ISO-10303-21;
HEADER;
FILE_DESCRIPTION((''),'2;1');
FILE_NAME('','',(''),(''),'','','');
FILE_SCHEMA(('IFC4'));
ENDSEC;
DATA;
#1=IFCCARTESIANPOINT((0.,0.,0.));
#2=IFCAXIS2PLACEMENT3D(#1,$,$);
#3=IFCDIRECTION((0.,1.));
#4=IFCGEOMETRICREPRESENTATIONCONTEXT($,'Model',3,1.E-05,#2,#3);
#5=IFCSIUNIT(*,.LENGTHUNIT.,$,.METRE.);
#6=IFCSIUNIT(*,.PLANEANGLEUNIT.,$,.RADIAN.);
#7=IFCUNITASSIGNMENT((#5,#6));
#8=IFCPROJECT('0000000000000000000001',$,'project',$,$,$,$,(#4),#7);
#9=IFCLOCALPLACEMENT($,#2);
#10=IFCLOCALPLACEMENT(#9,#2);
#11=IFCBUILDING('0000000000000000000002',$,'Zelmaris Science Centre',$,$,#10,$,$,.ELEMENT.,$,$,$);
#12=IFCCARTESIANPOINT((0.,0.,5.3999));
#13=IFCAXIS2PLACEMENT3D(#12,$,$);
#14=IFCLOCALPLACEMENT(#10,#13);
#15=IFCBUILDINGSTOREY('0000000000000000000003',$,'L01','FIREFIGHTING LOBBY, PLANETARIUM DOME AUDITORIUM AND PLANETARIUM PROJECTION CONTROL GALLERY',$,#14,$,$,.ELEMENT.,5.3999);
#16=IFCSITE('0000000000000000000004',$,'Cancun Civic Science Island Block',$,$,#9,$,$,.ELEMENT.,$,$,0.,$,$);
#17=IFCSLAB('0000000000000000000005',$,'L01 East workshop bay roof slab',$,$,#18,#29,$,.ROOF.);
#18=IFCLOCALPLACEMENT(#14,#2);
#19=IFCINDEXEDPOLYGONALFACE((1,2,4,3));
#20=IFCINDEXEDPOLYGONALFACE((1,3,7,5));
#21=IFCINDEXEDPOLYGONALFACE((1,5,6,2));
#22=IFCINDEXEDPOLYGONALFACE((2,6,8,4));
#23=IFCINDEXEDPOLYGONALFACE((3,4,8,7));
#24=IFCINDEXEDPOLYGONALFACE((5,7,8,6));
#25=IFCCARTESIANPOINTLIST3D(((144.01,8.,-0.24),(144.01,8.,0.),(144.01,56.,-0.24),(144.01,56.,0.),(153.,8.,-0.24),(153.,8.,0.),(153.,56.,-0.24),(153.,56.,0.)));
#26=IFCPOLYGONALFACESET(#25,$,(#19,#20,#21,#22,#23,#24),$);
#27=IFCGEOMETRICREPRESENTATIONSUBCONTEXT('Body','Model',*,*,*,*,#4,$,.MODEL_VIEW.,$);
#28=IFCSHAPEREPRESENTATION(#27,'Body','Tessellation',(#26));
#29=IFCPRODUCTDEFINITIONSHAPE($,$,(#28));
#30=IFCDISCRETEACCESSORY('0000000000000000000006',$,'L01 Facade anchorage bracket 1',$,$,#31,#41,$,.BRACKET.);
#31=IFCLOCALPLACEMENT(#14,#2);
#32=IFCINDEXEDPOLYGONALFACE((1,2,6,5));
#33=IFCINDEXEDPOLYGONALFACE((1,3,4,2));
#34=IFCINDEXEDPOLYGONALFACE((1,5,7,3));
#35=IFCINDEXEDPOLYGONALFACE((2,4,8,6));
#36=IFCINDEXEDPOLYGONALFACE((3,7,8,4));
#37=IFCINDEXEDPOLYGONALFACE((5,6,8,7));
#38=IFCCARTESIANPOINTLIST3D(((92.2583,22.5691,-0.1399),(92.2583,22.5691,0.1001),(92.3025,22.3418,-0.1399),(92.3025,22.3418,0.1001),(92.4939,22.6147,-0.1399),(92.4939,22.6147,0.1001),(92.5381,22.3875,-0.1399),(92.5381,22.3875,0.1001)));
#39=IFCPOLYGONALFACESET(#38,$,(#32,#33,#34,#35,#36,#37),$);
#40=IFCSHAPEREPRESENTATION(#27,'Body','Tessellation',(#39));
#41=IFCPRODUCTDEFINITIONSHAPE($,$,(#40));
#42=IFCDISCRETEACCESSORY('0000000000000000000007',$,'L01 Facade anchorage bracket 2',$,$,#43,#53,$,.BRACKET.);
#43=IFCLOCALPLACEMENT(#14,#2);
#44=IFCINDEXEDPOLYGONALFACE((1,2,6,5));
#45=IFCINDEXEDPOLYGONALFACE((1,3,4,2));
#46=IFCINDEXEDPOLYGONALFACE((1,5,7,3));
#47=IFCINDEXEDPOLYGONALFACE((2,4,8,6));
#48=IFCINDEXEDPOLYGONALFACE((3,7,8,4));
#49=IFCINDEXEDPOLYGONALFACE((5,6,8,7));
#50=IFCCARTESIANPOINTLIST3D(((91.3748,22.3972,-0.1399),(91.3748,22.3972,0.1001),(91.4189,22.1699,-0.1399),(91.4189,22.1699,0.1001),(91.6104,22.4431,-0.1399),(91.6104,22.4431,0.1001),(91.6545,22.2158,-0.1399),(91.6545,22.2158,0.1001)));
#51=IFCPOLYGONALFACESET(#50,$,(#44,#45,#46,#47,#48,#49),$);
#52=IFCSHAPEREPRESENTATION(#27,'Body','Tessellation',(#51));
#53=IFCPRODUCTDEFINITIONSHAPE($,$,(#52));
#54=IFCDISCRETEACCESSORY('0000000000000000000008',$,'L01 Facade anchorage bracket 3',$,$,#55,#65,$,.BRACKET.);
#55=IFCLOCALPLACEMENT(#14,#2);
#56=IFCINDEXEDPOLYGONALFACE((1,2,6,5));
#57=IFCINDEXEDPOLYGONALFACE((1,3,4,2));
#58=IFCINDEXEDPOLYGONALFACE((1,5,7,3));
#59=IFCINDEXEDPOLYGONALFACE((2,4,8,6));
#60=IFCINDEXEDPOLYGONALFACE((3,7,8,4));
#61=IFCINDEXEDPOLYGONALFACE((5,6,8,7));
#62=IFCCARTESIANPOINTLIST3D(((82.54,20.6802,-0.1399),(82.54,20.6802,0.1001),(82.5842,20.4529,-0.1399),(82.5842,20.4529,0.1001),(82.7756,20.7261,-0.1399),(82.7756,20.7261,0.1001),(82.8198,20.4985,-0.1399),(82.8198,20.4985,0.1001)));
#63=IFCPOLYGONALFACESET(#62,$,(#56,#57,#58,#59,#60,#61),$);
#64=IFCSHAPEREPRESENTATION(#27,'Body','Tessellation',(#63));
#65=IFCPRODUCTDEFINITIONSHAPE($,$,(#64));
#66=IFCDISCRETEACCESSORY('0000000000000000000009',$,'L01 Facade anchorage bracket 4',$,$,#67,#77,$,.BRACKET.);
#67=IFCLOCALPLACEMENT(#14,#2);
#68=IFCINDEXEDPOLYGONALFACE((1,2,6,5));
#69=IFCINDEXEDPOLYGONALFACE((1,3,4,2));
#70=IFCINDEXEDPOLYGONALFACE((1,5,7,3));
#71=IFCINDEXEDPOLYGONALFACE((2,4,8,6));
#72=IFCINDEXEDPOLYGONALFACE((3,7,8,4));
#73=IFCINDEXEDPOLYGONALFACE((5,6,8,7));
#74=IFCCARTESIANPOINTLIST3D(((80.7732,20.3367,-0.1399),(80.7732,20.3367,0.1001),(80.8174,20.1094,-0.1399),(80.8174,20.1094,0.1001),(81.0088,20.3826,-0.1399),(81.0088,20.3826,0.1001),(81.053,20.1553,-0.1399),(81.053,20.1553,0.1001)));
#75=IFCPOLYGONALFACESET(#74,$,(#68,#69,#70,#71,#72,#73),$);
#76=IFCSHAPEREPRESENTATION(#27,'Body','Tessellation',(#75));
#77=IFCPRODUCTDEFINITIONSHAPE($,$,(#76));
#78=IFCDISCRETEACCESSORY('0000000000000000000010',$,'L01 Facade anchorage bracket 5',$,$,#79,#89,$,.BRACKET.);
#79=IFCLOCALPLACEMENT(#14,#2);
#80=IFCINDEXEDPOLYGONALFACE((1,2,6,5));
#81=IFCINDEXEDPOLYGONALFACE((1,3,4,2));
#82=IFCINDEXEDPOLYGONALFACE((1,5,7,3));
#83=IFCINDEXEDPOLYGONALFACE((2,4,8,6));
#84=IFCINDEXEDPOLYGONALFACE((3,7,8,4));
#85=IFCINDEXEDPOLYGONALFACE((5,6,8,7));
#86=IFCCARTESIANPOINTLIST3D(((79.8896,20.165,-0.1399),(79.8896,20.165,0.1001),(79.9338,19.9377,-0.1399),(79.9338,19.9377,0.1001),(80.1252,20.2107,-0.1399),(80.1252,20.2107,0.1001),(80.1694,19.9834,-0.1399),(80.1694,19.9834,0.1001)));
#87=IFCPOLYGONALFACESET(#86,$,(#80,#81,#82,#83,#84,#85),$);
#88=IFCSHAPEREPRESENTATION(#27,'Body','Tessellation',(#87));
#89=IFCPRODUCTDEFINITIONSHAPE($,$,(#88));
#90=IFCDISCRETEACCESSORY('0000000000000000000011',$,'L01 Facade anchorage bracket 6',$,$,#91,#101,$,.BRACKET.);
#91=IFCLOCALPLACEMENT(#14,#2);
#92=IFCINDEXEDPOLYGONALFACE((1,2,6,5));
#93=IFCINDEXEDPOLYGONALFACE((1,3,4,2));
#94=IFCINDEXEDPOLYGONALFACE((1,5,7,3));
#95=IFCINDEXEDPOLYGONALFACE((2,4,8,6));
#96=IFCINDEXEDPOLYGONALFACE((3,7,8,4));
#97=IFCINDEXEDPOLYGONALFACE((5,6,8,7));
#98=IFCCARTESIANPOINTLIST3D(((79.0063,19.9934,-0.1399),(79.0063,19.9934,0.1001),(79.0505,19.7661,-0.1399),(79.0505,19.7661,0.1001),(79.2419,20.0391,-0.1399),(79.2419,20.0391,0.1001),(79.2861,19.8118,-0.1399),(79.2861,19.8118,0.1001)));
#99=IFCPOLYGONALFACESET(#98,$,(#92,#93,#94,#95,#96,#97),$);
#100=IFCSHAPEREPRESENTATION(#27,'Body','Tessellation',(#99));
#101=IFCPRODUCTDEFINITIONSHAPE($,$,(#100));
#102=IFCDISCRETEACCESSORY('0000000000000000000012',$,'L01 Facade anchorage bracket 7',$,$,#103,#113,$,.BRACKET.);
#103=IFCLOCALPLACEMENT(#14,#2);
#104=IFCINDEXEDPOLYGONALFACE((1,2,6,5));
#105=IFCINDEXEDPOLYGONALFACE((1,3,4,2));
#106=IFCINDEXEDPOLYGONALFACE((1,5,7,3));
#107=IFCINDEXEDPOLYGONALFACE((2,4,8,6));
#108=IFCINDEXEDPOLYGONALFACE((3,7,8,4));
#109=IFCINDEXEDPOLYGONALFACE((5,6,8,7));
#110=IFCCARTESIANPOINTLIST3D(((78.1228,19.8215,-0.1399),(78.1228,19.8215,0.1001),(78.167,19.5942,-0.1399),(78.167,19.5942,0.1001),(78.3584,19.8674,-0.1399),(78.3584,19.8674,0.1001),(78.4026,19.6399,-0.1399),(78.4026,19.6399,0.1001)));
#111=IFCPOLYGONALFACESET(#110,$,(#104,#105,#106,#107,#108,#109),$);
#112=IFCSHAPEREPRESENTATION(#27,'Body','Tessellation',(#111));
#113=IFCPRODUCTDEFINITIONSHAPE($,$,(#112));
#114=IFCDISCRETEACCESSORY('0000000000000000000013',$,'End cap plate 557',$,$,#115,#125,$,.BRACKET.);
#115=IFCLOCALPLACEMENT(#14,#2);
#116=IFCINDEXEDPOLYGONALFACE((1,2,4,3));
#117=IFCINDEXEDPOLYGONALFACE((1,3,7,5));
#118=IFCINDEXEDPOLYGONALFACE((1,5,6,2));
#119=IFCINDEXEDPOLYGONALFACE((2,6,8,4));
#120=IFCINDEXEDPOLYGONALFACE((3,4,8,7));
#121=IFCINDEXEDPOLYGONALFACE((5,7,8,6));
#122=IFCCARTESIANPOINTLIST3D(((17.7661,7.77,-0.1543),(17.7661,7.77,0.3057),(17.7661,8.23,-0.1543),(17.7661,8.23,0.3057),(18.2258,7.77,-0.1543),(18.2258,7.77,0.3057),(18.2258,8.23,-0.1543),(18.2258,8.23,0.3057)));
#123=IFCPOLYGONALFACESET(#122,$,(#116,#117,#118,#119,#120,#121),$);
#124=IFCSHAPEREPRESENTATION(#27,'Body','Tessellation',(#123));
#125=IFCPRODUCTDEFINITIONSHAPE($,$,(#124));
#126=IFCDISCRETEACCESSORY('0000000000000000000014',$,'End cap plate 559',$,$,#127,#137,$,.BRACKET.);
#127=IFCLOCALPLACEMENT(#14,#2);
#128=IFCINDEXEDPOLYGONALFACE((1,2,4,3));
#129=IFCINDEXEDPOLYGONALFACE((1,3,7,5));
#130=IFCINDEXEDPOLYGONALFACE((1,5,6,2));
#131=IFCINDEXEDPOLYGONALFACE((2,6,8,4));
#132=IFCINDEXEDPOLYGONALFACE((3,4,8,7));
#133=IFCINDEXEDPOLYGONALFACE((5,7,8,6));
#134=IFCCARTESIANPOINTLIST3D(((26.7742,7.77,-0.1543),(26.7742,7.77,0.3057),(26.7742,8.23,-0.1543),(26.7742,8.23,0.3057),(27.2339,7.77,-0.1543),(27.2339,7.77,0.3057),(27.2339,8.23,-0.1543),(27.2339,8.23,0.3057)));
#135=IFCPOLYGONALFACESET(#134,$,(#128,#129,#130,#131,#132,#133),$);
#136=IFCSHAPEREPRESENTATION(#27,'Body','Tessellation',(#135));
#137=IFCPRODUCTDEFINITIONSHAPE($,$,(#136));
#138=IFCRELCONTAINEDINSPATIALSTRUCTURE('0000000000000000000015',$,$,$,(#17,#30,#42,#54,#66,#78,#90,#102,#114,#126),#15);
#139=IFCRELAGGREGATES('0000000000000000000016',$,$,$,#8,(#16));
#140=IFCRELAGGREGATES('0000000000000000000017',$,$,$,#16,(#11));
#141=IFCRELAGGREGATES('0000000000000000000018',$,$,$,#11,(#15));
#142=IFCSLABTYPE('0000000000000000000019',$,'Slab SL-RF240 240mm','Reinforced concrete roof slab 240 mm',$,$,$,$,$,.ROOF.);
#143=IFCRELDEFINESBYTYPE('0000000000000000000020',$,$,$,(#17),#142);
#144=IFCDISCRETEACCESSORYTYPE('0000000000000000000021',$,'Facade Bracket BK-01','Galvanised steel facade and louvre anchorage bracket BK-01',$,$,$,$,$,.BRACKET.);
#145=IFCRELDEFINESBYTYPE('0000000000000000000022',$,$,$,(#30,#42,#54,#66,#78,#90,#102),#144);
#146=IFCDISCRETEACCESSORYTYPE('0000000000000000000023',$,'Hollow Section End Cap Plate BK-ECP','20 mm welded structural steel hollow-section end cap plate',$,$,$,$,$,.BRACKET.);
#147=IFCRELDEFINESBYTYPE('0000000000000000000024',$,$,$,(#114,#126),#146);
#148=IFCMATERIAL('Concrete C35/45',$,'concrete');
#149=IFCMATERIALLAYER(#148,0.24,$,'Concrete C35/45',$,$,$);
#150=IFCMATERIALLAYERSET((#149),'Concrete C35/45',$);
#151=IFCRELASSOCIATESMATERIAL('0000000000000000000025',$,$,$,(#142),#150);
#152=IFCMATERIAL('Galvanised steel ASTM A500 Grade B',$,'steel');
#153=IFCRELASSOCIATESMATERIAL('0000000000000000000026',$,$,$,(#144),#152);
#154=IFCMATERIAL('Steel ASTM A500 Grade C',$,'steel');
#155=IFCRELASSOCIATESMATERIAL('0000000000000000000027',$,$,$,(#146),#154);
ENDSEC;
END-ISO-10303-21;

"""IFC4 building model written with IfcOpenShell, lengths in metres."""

from ifc_helpers import new_model, si_unit, direction, frame, origin, place, context, subcontext, project, spatial, polyline, outline, extrude, material, layer, layer_set, type_object, element, save


model = new_model("IFC4")

# Units and contexts
model_context = context("Model", 3, precision=1e-05, world=origin(), true_north=direction((0.0, 1.0)))
body_context = subcontext(model_context, "Body", "Model", "MODEL_VIEW")
ifc_project = project(units=[si_unit("LENGTHUNIT", "METRE"), si_unit("PLANEANGLEUNIT", "RADIAN")], contexts=[model_context])

# Site, building, storey
site_placement = place(None, origin())
site = spatial("IfcSite", under=ifc_project, at=site_placement, Name="Cancun Civic Science Island Block", CompositionType="ELEMENT", RefElevation=0.0)
building_placement = place(site_placement, origin())
building = spatial("IfcBuilding", under=site, at=building_placement, Name="Zelmaris Science Centre", CompositionType="ELEMENT")
storey_placement = place(building_placement, frame((0.0, 0.0, 5.3999)))
storey = spatial("IfcBuildingStorey", under=building, at=storey_placement, Name="L01", Description="FIREFIGHTING LOBBY, PLANETARIUM DOME AUDITORIUM AND PLANETARIUM PROJECTION CONTROL GALLERY", CompositionType="ELEMENT", Elevation=5.3999)

# Slab
ifc_material_1 = material(Name="Concrete C35/45", Category="concrete")
ifc_layer_1 = layer(ifc_material_1, 0.24, Name="Concrete C35/45")
ifc_layer_set_1 = layer_set([ifc_layer_1], Name="Concrete C35/45")
slab_type_1 = type_object("IfcSlabType", Name="Slab SL-RF240 240mm", Description="Reinforced concrete roof slab 240 mm", PredefinedType="ROOF", material=ifc_layer_set_1)
slab_1_placement = place(storey_placement, frame((0.0, 0.0, -0.24)))
element("IfcSlab", 1, at=slab_1_placement, inside=storey, type_object=slab_type_1, Name="L01 East workshop bay roof slab", PredefinedType="ROOF", context=body_context, shape_type="SweptSolid", body=[
    extrude(outline(polyline([(153.0, 8.0), (144.01, 8.0), (144.01, 56.0), (153.0, 56.0), (153.0, 8.0)])), origin(), (0.0, 0.0, 1.0), 0.24),
])

# Discrete accessories
ifc_material_2 = material(Name="Galvanised steel ASTM A500 Grade B", Category="steel")
discrete_accessory_type_1 = type_object("IfcDiscreteAccessoryType", Name="Facade Bracket BK-01", Description="Galvanised steel facade and louvre anchorage bracket BK-01", PredefinedType="BRACKET", material=ifc_material_2)
discrete_accessory_1_placement = place(storey_placement, frame((0.0, 0.0, -0.1399)))
element("IfcDiscreteAccessory", 2, at=discrete_accessory_1_placement, inside=storey, type_object=discrete_accessory_type_1, Name="L01 Facade anchorage bracket 1", PredefinedType="BRACKET", context=body_context, shape_type="SweptSolid", body=[
    extrude(outline(polyline([(92.4939, 22.6147), (92.2583, 22.5691), (92.3025, 22.3418), (92.5381, 22.3875), (92.4939, 22.6147)])), origin(), (0.0, 0.0, 1.0), 0.24),
])
discrete_accessory_2_placement = place(storey_placement, frame((0.0, 0.0, -0.1399)))
element("IfcDiscreteAccessory", 3, at=discrete_accessory_2_placement, inside=storey, type_object=discrete_accessory_type_1, Name="L01 Facade anchorage bracket 2", PredefinedType="BRACKET", context=body_context, shape_type="SweptSolid", body=[
    extrude(outline(polyline([(91.6104, 22.4431), (91.3748, 22.3972), (91.4189, 22.1699), (91.6545, 22.2158), (91.6104, 22.4431)])), origin(), (0.0, 0.0, 1.0), 0.24),
])
discrete_accessory_3_placement = place(storey_placement, frame((0.0, 0.0, -0.1399)))
element("IfcDiscreteAccessory", 4, at=discrete_accessory_3_placement, inside=storey, type_object=discrete_accessory_type_1, Name="L01 Facade anchorage bracket 3", PredefinedType="BRACKET", context=body_context, shape_type="SweptSolid", body=[
    extrude(outline(polyline([(82.7756, 20.7261), (82.54, 20.6802), (82.5842, 20.4529), (82.8198, 20.4985), (82.7756, 20.7261)])), origin(), (0.0, 0.0, 1.0), 0.24),
])
discrete_accessory_4_placement = place(storey_placement, frame((0.0, 0.0, -0.1399)))
element("IfcDiscreteAccessory", 5, at=discrete_accessory_4_placement, inside=storey, type_object=discrete_accessory_type_1, Name="L01 Facade anchorage bracket 4", PredefinedType="BRACKET", context=body_context, shape_type="SweptSolid", body=[
    extrude(outline(polyline([(81.0088, 20.3826), (80.7732, 20.3367), (80.8174, 20.1094), (81.053, 20.1553), (81.0088, 20.3826)])), origin(), (0.0, 0.0, 1.0), 0.24),
])
discrete_accessory_5_placement = place(storey_placement, frame((0.0, 0.0, -0.1399)))
element("IfcDiscreteAccessory", 6, at=discrete_accessory_5_placement, inside=storey, type_object=discrete_accessory_type_1, Name="L01 Facade anchorage bracket 5", PredefinedType="BRACKET", context=body_context, shape_type="SweptSolid", body=[
    extrude(outline(polyline([(80.1252, 20.2107), (79.8896, 20.165), (79.9338, 19.9377), (80.1694, 19.9834), (80.1252, 20.2107)])), origin(), (0.0, 0.0, 1.0), 0.24),
])
discrete_accessory_6_placement = place(storey_placement, frame((0.0, 0.0, -0.1399)))
element("IfcDiscreteAccessory", 7, at=discrete_accessory_6_placement, inside=storey, type_object=discrete_accessory_type_1, Name="L01 Facade anchorage bracket 6", PredefinedType="BRACKET", context=body_context, shape_type="SweptSolid", body=[
    extrude(outline(polyline([(79.2419, 20.0391), (79.0063, 19.9934), (79.0505, 19.7661), (79.2861, 19.8118), (79.2419, 20.0391)])), origin(), (0.0, 0.0, 1.0), 0.24),
])
discrete_accessory_7_placement = place(storey_placement, frame((0.0, 0.0, -0.1399)))
element("IfcDiscreteAccessory", 8, at=discrete_accessory_7_placement, inside=storey, type_object=discrete_accessory_type_1, Name="L01 Facade anchorage bracket 7", PredefinedType="BRACKET", context=body_context, shape_type="SweptSolid", body=[
    extrude(outline(polyline([(78.3584, 19.8674), (78.1228, 19.8215), (78.167, 19.5942), (78.4026, 19.6399), (78.3584, 19.8674)])), origin(), (0.0, 0.0, 1.0), 0.24),
])
ifc_material_3 = material(Name="Steel ASTM A500 Grade C", Category="steel")
discrete_accessory_type_2 = type_object("IfcDiscreteAccessoryType", Name="Hollow Section End Cap Plate BK-ECP", Description="20 mm welded structural steel hollow-section end cap plate", PredefinedType="BRACKET", material=ifc_material_3)
discrete_accessory_8_placement = place(storey_placement, frame((0.0, 0.0, -0.1543)))
element("IfcDiscreteAccessory", 9, at=discrete_accessory_8_placement, inside=storey, type_object=discrete_accessory_type_2, Name="End cap plate 557", PredefinedType="BRACKET", context=body_context, shape_type="SweptSolid", body=[
    extrude(outline(polyline([(17.7661, 7.77), (18.2258, 7.77), (18.2258, 8.23), (17.7661, 8.23), (17.7661, 7.77)])), origin(), (0.0, 0.0, 1.0), 0.46),
])
discrete_accessory_9_placement = place(storey_placement, frame((0.0, 0.0, -0.1543)))
element("IfcDiscreteAccessory", 10, at=discrete_accessory_9_placement, inside=storey, type_object=discrete_accessory_type_2, Name="End cap plate 559", PredefinedType="BRACKET", context=body_context, shape_type="SweptSolid", body=[
    extrude(outline(polyline([(26.7742, 7.77), (27.2339, 7.77), (27.2339, 8.23), (26.7742, 8.23), (26.7742, 7.77)])), origin(), (0.0, 0.0, 1.0), 0.46),
])

save(model, "model.ifc")
